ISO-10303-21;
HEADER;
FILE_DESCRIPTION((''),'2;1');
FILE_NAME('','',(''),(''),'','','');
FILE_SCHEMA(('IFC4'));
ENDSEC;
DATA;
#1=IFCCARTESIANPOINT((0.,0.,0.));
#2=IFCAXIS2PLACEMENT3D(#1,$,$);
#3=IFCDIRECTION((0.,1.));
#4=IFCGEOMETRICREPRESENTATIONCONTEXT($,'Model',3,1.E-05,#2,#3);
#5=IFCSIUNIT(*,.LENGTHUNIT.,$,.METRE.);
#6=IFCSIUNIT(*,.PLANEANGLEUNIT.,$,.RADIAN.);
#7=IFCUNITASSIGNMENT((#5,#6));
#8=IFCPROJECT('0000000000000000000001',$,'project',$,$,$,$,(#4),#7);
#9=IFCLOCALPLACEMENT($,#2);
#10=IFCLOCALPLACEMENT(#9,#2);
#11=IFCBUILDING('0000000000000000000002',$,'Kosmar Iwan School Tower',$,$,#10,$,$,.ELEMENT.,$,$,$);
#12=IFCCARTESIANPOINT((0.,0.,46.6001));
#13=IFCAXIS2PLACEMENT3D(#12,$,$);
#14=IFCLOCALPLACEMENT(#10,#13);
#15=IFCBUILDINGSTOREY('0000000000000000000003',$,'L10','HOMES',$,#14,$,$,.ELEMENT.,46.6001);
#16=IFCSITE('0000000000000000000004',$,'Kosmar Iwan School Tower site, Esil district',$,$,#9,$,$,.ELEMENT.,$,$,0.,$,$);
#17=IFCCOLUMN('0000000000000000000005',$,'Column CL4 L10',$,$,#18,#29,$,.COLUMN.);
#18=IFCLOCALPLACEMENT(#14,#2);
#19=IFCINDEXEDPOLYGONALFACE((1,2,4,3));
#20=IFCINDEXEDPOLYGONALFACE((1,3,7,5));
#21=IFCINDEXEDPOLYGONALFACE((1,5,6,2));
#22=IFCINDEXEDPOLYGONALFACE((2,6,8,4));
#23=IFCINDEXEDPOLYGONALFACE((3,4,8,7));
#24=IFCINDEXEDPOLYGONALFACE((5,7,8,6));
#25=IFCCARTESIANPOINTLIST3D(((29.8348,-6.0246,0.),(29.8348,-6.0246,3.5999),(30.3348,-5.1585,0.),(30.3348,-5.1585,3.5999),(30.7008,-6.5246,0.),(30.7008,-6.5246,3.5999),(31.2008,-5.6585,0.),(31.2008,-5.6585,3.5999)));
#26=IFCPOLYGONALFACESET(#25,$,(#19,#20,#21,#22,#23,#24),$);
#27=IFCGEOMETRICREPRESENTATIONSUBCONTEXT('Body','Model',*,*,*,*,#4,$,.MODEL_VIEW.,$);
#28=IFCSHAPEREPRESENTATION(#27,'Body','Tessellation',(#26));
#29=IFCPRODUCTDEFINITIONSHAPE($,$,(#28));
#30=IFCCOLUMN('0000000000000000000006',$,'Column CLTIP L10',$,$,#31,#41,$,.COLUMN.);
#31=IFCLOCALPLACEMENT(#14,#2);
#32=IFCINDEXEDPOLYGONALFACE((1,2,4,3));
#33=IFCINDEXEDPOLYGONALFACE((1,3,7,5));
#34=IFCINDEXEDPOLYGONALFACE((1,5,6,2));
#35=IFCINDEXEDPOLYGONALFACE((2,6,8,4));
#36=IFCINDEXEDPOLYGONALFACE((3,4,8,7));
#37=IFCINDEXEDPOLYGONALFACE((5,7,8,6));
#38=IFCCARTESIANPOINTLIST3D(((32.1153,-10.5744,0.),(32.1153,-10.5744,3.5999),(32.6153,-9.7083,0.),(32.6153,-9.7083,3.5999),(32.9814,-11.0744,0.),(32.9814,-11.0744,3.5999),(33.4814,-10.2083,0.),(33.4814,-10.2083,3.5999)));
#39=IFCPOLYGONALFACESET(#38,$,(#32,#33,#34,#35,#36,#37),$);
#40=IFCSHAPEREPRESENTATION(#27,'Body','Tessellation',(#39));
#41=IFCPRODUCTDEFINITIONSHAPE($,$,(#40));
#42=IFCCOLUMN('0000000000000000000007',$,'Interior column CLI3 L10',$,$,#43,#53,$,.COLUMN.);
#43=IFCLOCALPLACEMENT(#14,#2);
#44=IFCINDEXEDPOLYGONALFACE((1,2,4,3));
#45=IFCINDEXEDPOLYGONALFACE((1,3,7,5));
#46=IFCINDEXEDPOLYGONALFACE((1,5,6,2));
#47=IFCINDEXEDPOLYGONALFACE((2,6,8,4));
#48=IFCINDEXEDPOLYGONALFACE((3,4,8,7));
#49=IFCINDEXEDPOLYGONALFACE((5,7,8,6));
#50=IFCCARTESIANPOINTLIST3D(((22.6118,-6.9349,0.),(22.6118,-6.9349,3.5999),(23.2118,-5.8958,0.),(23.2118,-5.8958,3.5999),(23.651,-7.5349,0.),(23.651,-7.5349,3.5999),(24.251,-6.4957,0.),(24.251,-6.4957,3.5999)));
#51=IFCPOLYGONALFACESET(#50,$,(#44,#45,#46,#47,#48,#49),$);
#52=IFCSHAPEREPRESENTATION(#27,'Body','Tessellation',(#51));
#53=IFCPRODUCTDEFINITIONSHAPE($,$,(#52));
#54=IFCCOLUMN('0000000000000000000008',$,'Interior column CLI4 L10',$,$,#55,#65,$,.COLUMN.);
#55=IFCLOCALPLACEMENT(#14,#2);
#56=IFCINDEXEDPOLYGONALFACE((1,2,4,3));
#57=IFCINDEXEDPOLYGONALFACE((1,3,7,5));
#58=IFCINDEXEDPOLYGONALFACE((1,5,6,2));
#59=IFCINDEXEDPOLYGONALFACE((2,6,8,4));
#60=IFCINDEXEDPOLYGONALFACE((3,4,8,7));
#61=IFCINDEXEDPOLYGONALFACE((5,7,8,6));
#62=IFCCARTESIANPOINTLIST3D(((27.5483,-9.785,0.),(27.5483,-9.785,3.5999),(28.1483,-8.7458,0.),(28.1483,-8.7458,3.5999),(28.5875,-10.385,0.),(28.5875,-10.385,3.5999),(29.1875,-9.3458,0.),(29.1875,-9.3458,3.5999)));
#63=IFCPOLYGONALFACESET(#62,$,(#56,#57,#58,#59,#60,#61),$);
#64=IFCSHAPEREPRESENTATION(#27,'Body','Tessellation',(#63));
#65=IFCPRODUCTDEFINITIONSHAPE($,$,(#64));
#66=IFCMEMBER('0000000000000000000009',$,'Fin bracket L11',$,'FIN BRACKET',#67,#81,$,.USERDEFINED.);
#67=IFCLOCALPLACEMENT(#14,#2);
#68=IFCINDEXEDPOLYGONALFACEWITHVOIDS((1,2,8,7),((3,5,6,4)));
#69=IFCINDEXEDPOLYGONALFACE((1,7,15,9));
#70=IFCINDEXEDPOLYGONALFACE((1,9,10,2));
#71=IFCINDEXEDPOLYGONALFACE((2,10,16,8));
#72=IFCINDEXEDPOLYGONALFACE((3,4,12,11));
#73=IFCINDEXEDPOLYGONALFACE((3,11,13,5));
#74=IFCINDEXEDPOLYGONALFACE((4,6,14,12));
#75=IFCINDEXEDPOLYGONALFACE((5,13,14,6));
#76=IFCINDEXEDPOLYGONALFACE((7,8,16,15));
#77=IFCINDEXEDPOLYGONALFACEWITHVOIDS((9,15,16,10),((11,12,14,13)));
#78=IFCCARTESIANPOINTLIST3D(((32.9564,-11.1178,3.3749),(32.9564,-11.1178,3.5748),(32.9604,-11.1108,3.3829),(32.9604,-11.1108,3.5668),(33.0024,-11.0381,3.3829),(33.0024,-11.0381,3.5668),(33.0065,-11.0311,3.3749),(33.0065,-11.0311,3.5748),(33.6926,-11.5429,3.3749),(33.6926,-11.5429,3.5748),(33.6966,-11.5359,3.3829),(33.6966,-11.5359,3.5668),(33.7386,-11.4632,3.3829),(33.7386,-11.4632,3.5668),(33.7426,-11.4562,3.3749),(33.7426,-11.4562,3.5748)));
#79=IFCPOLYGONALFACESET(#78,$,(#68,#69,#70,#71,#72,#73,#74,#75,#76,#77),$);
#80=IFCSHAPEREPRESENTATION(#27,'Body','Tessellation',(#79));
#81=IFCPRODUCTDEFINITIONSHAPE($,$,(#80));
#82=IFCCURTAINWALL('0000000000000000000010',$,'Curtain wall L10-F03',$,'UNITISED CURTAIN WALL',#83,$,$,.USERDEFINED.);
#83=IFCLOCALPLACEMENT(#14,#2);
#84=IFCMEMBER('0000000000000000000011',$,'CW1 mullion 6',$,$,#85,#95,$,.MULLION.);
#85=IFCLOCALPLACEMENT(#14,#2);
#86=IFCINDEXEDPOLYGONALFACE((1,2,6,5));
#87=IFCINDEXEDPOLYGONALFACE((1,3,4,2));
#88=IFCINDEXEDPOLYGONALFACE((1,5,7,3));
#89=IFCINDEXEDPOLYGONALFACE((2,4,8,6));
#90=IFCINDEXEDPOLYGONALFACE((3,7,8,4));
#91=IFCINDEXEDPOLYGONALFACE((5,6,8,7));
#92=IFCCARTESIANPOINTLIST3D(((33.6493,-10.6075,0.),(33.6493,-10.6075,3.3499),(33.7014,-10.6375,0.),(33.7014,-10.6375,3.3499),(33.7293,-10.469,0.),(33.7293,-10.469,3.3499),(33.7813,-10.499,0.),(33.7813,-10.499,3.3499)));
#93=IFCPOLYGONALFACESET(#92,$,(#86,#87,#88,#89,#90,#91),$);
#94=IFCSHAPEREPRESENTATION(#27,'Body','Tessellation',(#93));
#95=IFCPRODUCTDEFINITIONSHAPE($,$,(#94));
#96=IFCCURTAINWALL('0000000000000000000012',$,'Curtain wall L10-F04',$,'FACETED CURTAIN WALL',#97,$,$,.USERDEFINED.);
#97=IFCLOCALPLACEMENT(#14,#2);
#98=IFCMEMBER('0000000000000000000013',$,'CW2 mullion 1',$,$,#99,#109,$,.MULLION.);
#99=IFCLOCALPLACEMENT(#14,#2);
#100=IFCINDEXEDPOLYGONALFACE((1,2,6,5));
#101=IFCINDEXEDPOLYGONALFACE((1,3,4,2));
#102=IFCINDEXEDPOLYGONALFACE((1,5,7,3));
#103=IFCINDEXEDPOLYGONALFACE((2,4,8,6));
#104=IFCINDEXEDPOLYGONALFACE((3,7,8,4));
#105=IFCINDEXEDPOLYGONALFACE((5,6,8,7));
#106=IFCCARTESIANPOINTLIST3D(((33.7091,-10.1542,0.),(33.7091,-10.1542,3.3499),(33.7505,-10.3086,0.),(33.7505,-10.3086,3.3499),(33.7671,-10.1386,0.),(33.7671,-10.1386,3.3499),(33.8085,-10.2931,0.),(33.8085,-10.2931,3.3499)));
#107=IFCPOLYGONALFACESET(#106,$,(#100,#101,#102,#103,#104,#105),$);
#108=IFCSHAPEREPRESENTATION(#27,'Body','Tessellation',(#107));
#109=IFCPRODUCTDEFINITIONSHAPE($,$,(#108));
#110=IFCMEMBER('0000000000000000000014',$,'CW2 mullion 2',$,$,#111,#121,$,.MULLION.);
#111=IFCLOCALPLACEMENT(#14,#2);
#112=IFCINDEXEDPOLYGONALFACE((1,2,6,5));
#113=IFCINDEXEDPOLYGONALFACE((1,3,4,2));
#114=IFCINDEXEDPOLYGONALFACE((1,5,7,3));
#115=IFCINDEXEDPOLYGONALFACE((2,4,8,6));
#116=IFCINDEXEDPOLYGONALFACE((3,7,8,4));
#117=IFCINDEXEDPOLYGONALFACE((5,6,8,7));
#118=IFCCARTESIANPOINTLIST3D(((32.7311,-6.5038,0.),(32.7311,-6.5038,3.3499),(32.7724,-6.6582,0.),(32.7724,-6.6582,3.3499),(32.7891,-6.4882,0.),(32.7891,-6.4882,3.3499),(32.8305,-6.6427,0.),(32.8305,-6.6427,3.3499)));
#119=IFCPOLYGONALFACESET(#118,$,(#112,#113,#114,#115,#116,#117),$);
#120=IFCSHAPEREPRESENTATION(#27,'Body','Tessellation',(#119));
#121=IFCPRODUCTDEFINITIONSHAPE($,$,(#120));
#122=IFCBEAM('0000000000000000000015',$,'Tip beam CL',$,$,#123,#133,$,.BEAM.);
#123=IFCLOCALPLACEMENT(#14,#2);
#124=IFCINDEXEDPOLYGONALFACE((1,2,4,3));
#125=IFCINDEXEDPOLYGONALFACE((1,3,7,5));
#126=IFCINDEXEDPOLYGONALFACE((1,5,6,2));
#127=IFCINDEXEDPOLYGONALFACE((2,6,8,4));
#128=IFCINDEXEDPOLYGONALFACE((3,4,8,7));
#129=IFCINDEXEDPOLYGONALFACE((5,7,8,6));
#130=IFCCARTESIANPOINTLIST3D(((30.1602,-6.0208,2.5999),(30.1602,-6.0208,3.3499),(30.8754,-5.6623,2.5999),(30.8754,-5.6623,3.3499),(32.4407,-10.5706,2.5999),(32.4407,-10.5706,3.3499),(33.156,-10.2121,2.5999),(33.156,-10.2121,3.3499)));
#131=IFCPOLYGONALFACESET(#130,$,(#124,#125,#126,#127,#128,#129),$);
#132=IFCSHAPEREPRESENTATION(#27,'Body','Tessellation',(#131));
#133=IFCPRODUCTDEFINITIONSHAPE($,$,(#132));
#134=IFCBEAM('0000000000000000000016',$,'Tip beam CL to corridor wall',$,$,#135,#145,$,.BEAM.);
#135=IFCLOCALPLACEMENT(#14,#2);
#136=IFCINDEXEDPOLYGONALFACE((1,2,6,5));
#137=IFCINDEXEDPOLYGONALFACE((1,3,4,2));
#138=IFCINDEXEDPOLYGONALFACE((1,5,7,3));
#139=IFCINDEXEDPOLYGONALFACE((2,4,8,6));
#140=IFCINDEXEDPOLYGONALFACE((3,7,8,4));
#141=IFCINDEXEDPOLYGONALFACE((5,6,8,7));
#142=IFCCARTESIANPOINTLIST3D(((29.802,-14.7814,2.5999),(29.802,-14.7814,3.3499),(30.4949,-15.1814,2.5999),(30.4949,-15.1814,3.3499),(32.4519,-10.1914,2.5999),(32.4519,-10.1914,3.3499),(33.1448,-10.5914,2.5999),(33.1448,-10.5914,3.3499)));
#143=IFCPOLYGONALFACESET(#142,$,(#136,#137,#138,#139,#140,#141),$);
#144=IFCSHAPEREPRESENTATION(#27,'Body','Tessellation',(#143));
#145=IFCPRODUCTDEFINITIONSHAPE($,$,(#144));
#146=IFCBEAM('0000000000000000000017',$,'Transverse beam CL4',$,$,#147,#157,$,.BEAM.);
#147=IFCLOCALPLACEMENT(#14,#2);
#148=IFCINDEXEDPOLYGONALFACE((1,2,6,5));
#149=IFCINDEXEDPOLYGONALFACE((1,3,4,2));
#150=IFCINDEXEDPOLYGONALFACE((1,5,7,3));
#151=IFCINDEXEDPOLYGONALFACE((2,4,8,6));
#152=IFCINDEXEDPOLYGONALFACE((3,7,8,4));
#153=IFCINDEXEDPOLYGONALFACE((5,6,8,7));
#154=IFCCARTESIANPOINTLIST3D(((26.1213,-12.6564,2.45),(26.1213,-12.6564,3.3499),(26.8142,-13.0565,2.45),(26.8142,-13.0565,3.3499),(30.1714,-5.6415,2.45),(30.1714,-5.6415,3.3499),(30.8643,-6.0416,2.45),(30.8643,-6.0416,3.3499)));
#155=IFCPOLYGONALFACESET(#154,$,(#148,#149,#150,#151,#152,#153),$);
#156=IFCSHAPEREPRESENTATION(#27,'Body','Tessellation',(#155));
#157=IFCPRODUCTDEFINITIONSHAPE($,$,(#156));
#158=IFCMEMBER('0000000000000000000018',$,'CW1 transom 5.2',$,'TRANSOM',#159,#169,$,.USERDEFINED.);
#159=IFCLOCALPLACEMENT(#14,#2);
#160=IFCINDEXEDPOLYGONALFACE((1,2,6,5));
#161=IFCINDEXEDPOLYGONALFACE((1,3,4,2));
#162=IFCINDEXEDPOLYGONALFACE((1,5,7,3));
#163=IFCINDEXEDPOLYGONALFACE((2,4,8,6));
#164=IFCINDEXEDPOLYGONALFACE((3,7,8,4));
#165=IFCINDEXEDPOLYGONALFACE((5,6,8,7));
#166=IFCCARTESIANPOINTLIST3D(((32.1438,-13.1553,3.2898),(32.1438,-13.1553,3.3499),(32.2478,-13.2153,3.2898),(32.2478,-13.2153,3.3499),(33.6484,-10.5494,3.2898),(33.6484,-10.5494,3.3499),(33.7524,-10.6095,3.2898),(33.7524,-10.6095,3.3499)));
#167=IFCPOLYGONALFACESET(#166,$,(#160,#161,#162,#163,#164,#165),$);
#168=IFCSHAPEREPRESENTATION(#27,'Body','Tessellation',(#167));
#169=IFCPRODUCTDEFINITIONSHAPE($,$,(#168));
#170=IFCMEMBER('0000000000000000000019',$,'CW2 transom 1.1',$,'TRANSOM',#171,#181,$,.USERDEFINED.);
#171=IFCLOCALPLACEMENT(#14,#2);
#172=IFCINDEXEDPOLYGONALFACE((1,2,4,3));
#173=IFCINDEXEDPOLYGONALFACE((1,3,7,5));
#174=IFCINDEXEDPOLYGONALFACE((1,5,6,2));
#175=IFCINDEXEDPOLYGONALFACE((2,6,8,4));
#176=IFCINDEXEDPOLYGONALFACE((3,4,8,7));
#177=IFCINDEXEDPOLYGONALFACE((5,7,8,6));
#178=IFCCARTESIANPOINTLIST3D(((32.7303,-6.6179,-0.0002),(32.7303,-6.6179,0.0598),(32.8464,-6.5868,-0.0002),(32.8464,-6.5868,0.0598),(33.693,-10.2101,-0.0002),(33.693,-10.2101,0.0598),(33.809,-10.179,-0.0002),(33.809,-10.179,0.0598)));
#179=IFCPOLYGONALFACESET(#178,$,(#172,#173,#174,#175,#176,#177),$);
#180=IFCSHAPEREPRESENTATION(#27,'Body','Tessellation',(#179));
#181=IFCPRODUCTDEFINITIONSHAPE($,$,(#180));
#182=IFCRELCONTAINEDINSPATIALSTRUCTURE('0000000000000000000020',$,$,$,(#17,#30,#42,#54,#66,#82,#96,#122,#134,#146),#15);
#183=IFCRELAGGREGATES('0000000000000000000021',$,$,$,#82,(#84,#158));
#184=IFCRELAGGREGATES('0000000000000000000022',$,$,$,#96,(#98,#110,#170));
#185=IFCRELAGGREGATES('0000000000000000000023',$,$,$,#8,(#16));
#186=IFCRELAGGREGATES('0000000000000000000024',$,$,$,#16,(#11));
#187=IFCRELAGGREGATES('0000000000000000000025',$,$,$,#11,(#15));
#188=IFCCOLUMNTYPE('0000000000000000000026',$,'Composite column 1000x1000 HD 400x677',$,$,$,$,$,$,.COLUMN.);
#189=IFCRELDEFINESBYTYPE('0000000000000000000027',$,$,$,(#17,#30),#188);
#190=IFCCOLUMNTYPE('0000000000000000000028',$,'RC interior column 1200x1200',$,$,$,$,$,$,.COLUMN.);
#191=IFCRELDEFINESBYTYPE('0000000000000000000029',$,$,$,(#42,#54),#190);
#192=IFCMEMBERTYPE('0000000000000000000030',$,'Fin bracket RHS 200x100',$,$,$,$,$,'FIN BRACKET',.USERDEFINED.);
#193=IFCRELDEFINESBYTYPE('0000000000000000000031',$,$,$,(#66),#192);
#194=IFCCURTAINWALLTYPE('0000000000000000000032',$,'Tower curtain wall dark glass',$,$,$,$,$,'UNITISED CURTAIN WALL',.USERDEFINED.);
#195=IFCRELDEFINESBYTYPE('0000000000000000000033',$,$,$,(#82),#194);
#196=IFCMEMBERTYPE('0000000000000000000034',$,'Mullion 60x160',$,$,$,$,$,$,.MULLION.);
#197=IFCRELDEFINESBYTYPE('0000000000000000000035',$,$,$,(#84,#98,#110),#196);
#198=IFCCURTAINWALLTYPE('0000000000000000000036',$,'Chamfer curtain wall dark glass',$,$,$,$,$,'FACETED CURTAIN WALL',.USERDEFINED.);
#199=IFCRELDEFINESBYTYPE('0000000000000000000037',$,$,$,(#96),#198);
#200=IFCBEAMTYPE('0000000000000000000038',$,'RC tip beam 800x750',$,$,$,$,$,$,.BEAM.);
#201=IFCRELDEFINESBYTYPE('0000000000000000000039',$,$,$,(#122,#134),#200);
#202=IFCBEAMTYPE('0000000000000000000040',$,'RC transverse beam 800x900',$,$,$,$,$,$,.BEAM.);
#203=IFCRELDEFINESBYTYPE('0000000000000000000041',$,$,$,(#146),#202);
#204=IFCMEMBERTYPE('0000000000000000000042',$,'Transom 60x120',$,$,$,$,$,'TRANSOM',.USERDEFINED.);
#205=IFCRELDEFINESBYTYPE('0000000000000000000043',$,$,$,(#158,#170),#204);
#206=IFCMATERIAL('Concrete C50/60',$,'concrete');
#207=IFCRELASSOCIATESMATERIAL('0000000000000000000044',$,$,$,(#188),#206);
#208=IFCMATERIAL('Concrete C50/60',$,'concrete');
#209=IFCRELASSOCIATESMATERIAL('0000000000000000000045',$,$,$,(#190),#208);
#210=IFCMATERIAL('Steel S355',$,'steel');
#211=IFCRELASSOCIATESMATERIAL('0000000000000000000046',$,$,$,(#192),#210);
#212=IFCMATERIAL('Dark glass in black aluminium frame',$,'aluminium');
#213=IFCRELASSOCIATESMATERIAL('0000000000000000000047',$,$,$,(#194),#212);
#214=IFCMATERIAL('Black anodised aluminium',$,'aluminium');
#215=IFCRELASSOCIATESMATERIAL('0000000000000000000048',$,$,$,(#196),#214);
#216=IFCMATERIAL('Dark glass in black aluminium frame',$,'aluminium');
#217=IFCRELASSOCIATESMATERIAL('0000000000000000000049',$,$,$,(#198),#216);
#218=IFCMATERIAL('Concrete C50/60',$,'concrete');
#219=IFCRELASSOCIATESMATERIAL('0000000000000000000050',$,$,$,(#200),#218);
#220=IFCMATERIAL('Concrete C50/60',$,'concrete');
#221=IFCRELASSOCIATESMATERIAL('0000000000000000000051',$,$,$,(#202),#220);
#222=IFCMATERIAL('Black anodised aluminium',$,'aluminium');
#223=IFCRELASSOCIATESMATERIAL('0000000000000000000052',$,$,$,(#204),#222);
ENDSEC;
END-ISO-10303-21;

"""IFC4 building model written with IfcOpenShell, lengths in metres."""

from ifc_helpers import new_model, si_unit, direction, frame, origin, origin_2d, place, context, subcontext, project, spatial, rectangle, hollow_rectangle, extrude, material, material_profile, profile_set, type_object, element, aggregate, save


model = new_model("IFC4")

# Units and contexts
model_context = context("Model", 3, precision=1e-05, world=origin(), true_north=direction((0.0, 1.0)))
body_context = subcontext(model_context, "Body", "Model", "MODEL_VIEW")
ifc_project = project(units=[si_unit("LENGTHUNIT", "METRE"), si_unit("PLANEANGLEUNIT", "RADIAN")], contexts=[model_context])

# Site, building, storey
site_placement = place(None, origin())
site = spatial("IfcSite", under=ifc_project, at=site_placement, Name="Kosmar Iwan School Tower site, Esil district", CompositionType="ELEMENT", RefElevation=0.0)
building_placement = place(site_placement, origin())
building = spatial("IfcBuilding", under=site, at=building_placement, Name="Kosmar Iwan School Tower", CompositionType="ELEMENT")
storey_placement = place(building_placement, frame((0.0, 0.0, 46.6001)))
storey = spatial("IfcBuildingStorey", under=building, at=storey_placement, Name="L10", Description="HOMES", CompositionType="ELEMENT", Elevation=46.6001)

# Columns
ifc_material_1 = material(Name="Concrete C50/60", Category="concrete")
ifc_material_profile_1 = material_profile(ifc_material_1, rectangle(XDim=1.0, YDim=1.0, at=origin_2d()), Name="RC 1000x1000 + HD 400x677")
ifc_profile_set_1 = profile_set([ifc_material_profile_1], Name="Concrete C50/60")
column_type_1 = type_object("IfcColumnType", Name="Composite column 1000x1000 HD 400x677", PredefinedType="COLUMN", material=ifc_profile_set_1)
for number, where, z_axis, x_axis, name in (
    (1, (30.5178, -5.8416, 0.0), (0.0, 0.0, 1.0), (0.866025, -0.5, 0.0), "Column CL4 L10"),
    (2, (32.7983, -10.3914, 0.0), (0.0, 0.0, 1.0), (0.866025, -0.5, 0.0), "Column CLTIP L10"),
):
    element("IfcColumn", number, at=place(storey_placement, frame(where, z_axis=z_axis, x_axis=x_axis)), inside=storey, type_object=column_type_1, Name=name, PredefinedType="COLUMN", context=body_context, shape_type="SweptSolid", body=[
        extrude(rectangle(XDim=1.0, YDim=1.0, at=origin_2d()), origin(), (0.0, 0.0, 1.0), 3.5999),
    ])
ifc_material_2 = material(Name="Concrete C50/60", Category="concrete")
ifc_material_profile_2 = material_profile(ifc_material_2, rectangle(XDim=1.2, YDim=1.2, at=origin_2d()), Name="RC 1200x1200")
ifc_profile_set_2 = profile_set([ifc_material_profile_2], Name="Concrete C50/60")
column_type_2 = type_object("IfcColumnType", Name="RC interior column 1200x1200", PredefinedType="COLUMN", material=ifc_profile_set_2)
for number, where, z_axis, x_axis, name in (
    (3, (23.4314, -6.7153, 0.0), (0.0, 0.0, 1.0), (0.866025, -0.5, 0.0), "Interior column CLI3 L10"),
    (4, (28.3679, -9.5654, 0.0), (0.0, 0.0, 1.0), (0.866025, -0.5, 0.0), "Interior column CLI4 L10"),
):
    element("IfcColumn", number, at=place(storey_placement, frame(where, z_axis=z_axis, x_axis=x_axis)), inside=storey, type_object=column_type_2, Name=name, PredefinedType="COLUMN", context=body_context, shape_type="SweptSolid", body=[
        extrude(rectangle(XDim=1.2, YDim=1.2, at=origin_2d()), origin(), (0.0, 0.0, 1.0), 3.5999),
    ])

# Member
ifc_material_3 = material(Name="Steel S355", Category="steel")
ifc_material_profile_3 = material_profile(ifc_material_3, hollow_rectangle(XDim=0.1001, YDim=0.2, WallThickness=0.0081, at=origin_2d()), Name="RHS 200x100x8")
ifc_profile_set_3 = profile_set([ifc_material_profile_3], Name="Steel S355")
member_type_1 = type_object("IfcMemberType", Name="Fin bracket RHS 200x100", ElementType="FIN BRACKET", PredefinedType="USERDEFINED", material=ifc_profile_set_3)
member_1_placement = place(storey_placement, frame((32.9814, -11.0745, 3.4749), z_axis=(0.865989, -0.500062, 0.0), x_axis=(0.500062, 0.865989, 0.0)))
element("IfcMember", 5, at=member_1_placement, inside=storey, type_object=member_type_1, Name="Fin bracket L11", ObjectType="FIN BRACKET", PredefinedType="USERDEFINED", context=body_context, shape_type="SweptSolid", body=[
    extrude(hollow_rectangle(XDim=0.1001, YDim=0.2, WallThickness=0.0081, at=origin_2d()), origin(), (0.0, 0.0, 1.0), 0.8501),
])

# Curtain wall, member
ifc_material_4 = material(Name="Dark glass in black aluminium frame", Category="aluminium")
curtain_wall_type_1 = type_object("IfcCurtainWallType", Name="Tower curtain wall dark glass", ElementType="UNITISED CURTAIN WALL", PredefinedType="USERDEFINED", material=ifc_material_4)
curtain_wall_1_placement = place(storey_placement, origin())
curtain_wall_1 = element("IfcCurtainWall", 6, at=curtain_wall_1_placement, inside=storey, type_object=curtain_wall_type_1, Name="Curtain wall L10-F03", ObjectType="UNITISED CURTAIN WALL", PredefinedType="USERDEFINED")
ifc_material_5 = material(Name="Black anodised aluminium", Category="aluminium")
ifc_material_profile_4 = material_profile(ifc_material_5, rectangle(XDim=0.0601, YDim=0.1599, at=origin_2d()), Name="MULLION 60x160")
ifc_profile_set_4 = profile_set([ifc_material_profile_4], Name="Black anodised aluminium")
member_type_2 = type_object("IfcMemberType", Name="Mullion 60x160", PredefinedType="MULLION", material=ifc_profile_set_4)
member_2_placement = place(storey_placement, frame((33.7153, -10.5532, 0.0), z_axis=(0.0, 0.0, 1.0), x_axis=(-0.866025, 0.5, 0.0)))
member_2 = element("IfcMember", 7, at=member_2_placement, type_object=member_type_2, Name="CW1 mullion 6", PredefinedType="MULLION", context=body_context, shape_type="SweptSolid", body=[
    extrude(rectangle(XDim=0.0601, YDim=0.1599, at=origin_2d()), origin(), (0.0, 0.0, 1.0), 3.3499),
])

# Curtain wall, members
ifc_material_6 = material(Name="Dark glass in black aluminium frame", Category="aluminium")
curtain_wall_type_2 = type_object("IfcCurtainWallType", Name="Chamfer curtain wall dark glass", ElementType="FACETED CURTAIN WALL", PredefinedType="USERDEFINED", material=ifc_material_6)
curtain_wall_2_placement = place(storey_placement, origin())
curtain_wall_2 = element("IfcCurtainWall", 8, at=curtain_wall_2_placement, inside=storey, type_object=curtain_wall_type_2, Name="Curtain wall L10-F04", ObjectType="FACETED CURTAIN WALL", PredefinedType="USERDEFINED")
member_3_placement = place(storey_placement, frame((33.7588, -10.2236, 0.0), z_axis=(0.0, 0.0, 1.0), x_axis=(-0.965926, -0.258819, 0.0)))
member_3 = element("IfcMember", 9, at=member_3_placement, type_object=member_type_2, Name="CW2 mullion 1", PredefinedType="MULLION", context=body_context, shape_type="SweptSolid", body=[
    extrude(rectangle(XDim=0.0601, YDim=0.1599, at=origin_2d()), origin(), (0.0, 0.0, 1.0), 3.3499),
])
member_4_placement = place(storey_placement, frame((32.7808, -6.5732, 0.0), z_axis=(0.0, 0.0, 1.0), x_axis=(-0.965926, -0.258819, 0.0)))
member_4 = element("IfcMember", 10, at=member_4_placement, type_object=member_type_2, Name="CW2 mullion 2", PredefinedType="MULLION", context=body_context, shape_type="SweptSolid", body=[
    extrude(rectangle(XDim=0.0601, YDim=0.1599, at=origin_2d()), origin(), (0.0, 0.0, 1.0), 3.3499),
])

# Beams
ifc_material_7 = material(Name="Concrete C50/60", Category="concrete")
ifc_material_profile_5 = material_profile(ifc_material_7, rectangle(XDim=0.8, YDim=0.75, at=origin_2d()), Name="RC 800x750")
ifc_profile_set_5 = profile_set([ifc_material_profile_5], Name="Concrete C50/60")
beam_type_1 = type_object("IfcBeamType", Name="RC tip beam 800x750", PredefinedType="BEAM", material=ifc_profile_set_5)
beam_1_placement = place(storey_placement, frame((30.5178, -5.8416, 2.9749), z_axis=(0.448096, -0.893985, 0.0), x_axis=(0.893985, 0.448096, 0.0)))
element("IfcBeam", 11, at=beam_1_placement, inside=storey, type_object=beam_type_1, Name="Tip beam CL", PredefinedType="BEAM", context=body_context, shape_type="SweptSolid", body=[
    extrude(rectangle(XDim=0.8, YDim=0.75, at=origin_2d()), origin(), (0.0, 0.0, 1.0), 5.0894),
])
beam_2_placement = place(storey_placement, frame((32.7983, -10.3914, 2.9749), z_axis=(-0.499974, -0.866041, 0.0), x_axis=(0.866041, -0.499974, 0.0)))
element("IfcBeam", 12, at=beam_2_placement, inside=storey, type_object=beam_type_1, Name="Tip beam CL to corridor wall", PredefinedType="BEAM", context=body_context, shape_type="SweptSolid", body=[
    extrude(rectangle(XDim=0.8, YDim=0.75, at=origin_2d()), origin(), (0.0, 0.0, 1.0), 5.3),
])
ifc_material_8 = material(Name="Concrete C50/60", Category="concrete")
ifc_material_profile_6 = material_profile(ifc_material_8, rectangle(XDim=0.8, YDim=0.8999, at=origin_2d()), Name="RC 800x900")
ifc_profile_set_6 = profile_set([ifc_material_profile_6], Name="Concrete C50/60")
beam_type_2 = type_object("IfcBeamType", Name="RC transverse beam 800x900", PredefinedType="BEAM", material=ifc_profile_set_6)
beam_3_placement = place(storey_placement, frame((30.5178, -5.8416, 2.8999), z_axis=(-0.5, -0.866025, 0.0), x_axis=(0.866025, -0.5, 0.0)))
element("IfcBeam", 13, at=beam_3_placement, inside=storey, type_object=beam_type_2, Name="Transverse beam CL4", PredefinedType="BEAM", context=body_context, shape_type="SweptSolid", body=[
    extrude(rectangle(XDim=0.8, YDim=0.8999, at=origin_2d()), origin(), (0.0, 0.0, 1.0), 8.1001),
])

# Members
ifc_material_9 = material(Name="Black anodised aluminium", Category="aluminium")
ifc_material_profile_7 = material_profile(ifc_material_9, rectangle(XDim=0.1201, YDim=0.0601, at=origin_2d()), Name="TRANSOM 60x120")
ifc_profile_set_7 = profile_set([ifc_material_profile_7], Name="Black anodised aluminium")
member_type_3 = type_object("IfcMemberType", Name="Transom 60x120", ElementType="TRANSOM", PredefinedType="USERDEFINED", material=ifc_profile_set_7)
member_5_placement = place(storey_placement, frame((32.1958, -13.1853, 3.3198), z_axis=(0.500022, 0.866013, 0.0), x_axis=(-0.866013, 0.500022, 0.0)))
member_5 = element("IfcMember", 14, at=member_5_placement, type_object=member_type_3, Name="CW1 transom 5.2", ObjectType="TRANSOM", PredefinedType="USERDEFINED", context=body_context, shape_type="SweptSolid", body=[
    extrude(rectangle(XDim=0.1201, YDim=0.0601, at=origin_2d()), origin(), (0.0, 0.0, 1.0), 3.009),
])
member_6_placement = place(storey_placement, frame((33.751, -10.1946, 0.0298), z_axis=(-0.258843, 0.965919, 0.0), x_axis=(-0.965919, -0.258843, 0.0)))
member_6 = element("IfcMember", 15, at=member_6_placement, type_object=member_type_3, Name="CW2 transom 1.1", ObjectType="TRANSOM", PredefinedType="USERDEFINED", context=body_context, shape_type="SweptSolid", body=[
    extrude(rectangle(XDim=0.1201, YDim=0.0601, at=origin_2d()), origin(), (0.0, 0.0, 1.0), 3.719),
])

aggregate(curtain_wall_1, [member_2, member_5])
aggregate(curtain_wall_2, [member_3, member_4, member_6])

save(model, "model.ifc")
